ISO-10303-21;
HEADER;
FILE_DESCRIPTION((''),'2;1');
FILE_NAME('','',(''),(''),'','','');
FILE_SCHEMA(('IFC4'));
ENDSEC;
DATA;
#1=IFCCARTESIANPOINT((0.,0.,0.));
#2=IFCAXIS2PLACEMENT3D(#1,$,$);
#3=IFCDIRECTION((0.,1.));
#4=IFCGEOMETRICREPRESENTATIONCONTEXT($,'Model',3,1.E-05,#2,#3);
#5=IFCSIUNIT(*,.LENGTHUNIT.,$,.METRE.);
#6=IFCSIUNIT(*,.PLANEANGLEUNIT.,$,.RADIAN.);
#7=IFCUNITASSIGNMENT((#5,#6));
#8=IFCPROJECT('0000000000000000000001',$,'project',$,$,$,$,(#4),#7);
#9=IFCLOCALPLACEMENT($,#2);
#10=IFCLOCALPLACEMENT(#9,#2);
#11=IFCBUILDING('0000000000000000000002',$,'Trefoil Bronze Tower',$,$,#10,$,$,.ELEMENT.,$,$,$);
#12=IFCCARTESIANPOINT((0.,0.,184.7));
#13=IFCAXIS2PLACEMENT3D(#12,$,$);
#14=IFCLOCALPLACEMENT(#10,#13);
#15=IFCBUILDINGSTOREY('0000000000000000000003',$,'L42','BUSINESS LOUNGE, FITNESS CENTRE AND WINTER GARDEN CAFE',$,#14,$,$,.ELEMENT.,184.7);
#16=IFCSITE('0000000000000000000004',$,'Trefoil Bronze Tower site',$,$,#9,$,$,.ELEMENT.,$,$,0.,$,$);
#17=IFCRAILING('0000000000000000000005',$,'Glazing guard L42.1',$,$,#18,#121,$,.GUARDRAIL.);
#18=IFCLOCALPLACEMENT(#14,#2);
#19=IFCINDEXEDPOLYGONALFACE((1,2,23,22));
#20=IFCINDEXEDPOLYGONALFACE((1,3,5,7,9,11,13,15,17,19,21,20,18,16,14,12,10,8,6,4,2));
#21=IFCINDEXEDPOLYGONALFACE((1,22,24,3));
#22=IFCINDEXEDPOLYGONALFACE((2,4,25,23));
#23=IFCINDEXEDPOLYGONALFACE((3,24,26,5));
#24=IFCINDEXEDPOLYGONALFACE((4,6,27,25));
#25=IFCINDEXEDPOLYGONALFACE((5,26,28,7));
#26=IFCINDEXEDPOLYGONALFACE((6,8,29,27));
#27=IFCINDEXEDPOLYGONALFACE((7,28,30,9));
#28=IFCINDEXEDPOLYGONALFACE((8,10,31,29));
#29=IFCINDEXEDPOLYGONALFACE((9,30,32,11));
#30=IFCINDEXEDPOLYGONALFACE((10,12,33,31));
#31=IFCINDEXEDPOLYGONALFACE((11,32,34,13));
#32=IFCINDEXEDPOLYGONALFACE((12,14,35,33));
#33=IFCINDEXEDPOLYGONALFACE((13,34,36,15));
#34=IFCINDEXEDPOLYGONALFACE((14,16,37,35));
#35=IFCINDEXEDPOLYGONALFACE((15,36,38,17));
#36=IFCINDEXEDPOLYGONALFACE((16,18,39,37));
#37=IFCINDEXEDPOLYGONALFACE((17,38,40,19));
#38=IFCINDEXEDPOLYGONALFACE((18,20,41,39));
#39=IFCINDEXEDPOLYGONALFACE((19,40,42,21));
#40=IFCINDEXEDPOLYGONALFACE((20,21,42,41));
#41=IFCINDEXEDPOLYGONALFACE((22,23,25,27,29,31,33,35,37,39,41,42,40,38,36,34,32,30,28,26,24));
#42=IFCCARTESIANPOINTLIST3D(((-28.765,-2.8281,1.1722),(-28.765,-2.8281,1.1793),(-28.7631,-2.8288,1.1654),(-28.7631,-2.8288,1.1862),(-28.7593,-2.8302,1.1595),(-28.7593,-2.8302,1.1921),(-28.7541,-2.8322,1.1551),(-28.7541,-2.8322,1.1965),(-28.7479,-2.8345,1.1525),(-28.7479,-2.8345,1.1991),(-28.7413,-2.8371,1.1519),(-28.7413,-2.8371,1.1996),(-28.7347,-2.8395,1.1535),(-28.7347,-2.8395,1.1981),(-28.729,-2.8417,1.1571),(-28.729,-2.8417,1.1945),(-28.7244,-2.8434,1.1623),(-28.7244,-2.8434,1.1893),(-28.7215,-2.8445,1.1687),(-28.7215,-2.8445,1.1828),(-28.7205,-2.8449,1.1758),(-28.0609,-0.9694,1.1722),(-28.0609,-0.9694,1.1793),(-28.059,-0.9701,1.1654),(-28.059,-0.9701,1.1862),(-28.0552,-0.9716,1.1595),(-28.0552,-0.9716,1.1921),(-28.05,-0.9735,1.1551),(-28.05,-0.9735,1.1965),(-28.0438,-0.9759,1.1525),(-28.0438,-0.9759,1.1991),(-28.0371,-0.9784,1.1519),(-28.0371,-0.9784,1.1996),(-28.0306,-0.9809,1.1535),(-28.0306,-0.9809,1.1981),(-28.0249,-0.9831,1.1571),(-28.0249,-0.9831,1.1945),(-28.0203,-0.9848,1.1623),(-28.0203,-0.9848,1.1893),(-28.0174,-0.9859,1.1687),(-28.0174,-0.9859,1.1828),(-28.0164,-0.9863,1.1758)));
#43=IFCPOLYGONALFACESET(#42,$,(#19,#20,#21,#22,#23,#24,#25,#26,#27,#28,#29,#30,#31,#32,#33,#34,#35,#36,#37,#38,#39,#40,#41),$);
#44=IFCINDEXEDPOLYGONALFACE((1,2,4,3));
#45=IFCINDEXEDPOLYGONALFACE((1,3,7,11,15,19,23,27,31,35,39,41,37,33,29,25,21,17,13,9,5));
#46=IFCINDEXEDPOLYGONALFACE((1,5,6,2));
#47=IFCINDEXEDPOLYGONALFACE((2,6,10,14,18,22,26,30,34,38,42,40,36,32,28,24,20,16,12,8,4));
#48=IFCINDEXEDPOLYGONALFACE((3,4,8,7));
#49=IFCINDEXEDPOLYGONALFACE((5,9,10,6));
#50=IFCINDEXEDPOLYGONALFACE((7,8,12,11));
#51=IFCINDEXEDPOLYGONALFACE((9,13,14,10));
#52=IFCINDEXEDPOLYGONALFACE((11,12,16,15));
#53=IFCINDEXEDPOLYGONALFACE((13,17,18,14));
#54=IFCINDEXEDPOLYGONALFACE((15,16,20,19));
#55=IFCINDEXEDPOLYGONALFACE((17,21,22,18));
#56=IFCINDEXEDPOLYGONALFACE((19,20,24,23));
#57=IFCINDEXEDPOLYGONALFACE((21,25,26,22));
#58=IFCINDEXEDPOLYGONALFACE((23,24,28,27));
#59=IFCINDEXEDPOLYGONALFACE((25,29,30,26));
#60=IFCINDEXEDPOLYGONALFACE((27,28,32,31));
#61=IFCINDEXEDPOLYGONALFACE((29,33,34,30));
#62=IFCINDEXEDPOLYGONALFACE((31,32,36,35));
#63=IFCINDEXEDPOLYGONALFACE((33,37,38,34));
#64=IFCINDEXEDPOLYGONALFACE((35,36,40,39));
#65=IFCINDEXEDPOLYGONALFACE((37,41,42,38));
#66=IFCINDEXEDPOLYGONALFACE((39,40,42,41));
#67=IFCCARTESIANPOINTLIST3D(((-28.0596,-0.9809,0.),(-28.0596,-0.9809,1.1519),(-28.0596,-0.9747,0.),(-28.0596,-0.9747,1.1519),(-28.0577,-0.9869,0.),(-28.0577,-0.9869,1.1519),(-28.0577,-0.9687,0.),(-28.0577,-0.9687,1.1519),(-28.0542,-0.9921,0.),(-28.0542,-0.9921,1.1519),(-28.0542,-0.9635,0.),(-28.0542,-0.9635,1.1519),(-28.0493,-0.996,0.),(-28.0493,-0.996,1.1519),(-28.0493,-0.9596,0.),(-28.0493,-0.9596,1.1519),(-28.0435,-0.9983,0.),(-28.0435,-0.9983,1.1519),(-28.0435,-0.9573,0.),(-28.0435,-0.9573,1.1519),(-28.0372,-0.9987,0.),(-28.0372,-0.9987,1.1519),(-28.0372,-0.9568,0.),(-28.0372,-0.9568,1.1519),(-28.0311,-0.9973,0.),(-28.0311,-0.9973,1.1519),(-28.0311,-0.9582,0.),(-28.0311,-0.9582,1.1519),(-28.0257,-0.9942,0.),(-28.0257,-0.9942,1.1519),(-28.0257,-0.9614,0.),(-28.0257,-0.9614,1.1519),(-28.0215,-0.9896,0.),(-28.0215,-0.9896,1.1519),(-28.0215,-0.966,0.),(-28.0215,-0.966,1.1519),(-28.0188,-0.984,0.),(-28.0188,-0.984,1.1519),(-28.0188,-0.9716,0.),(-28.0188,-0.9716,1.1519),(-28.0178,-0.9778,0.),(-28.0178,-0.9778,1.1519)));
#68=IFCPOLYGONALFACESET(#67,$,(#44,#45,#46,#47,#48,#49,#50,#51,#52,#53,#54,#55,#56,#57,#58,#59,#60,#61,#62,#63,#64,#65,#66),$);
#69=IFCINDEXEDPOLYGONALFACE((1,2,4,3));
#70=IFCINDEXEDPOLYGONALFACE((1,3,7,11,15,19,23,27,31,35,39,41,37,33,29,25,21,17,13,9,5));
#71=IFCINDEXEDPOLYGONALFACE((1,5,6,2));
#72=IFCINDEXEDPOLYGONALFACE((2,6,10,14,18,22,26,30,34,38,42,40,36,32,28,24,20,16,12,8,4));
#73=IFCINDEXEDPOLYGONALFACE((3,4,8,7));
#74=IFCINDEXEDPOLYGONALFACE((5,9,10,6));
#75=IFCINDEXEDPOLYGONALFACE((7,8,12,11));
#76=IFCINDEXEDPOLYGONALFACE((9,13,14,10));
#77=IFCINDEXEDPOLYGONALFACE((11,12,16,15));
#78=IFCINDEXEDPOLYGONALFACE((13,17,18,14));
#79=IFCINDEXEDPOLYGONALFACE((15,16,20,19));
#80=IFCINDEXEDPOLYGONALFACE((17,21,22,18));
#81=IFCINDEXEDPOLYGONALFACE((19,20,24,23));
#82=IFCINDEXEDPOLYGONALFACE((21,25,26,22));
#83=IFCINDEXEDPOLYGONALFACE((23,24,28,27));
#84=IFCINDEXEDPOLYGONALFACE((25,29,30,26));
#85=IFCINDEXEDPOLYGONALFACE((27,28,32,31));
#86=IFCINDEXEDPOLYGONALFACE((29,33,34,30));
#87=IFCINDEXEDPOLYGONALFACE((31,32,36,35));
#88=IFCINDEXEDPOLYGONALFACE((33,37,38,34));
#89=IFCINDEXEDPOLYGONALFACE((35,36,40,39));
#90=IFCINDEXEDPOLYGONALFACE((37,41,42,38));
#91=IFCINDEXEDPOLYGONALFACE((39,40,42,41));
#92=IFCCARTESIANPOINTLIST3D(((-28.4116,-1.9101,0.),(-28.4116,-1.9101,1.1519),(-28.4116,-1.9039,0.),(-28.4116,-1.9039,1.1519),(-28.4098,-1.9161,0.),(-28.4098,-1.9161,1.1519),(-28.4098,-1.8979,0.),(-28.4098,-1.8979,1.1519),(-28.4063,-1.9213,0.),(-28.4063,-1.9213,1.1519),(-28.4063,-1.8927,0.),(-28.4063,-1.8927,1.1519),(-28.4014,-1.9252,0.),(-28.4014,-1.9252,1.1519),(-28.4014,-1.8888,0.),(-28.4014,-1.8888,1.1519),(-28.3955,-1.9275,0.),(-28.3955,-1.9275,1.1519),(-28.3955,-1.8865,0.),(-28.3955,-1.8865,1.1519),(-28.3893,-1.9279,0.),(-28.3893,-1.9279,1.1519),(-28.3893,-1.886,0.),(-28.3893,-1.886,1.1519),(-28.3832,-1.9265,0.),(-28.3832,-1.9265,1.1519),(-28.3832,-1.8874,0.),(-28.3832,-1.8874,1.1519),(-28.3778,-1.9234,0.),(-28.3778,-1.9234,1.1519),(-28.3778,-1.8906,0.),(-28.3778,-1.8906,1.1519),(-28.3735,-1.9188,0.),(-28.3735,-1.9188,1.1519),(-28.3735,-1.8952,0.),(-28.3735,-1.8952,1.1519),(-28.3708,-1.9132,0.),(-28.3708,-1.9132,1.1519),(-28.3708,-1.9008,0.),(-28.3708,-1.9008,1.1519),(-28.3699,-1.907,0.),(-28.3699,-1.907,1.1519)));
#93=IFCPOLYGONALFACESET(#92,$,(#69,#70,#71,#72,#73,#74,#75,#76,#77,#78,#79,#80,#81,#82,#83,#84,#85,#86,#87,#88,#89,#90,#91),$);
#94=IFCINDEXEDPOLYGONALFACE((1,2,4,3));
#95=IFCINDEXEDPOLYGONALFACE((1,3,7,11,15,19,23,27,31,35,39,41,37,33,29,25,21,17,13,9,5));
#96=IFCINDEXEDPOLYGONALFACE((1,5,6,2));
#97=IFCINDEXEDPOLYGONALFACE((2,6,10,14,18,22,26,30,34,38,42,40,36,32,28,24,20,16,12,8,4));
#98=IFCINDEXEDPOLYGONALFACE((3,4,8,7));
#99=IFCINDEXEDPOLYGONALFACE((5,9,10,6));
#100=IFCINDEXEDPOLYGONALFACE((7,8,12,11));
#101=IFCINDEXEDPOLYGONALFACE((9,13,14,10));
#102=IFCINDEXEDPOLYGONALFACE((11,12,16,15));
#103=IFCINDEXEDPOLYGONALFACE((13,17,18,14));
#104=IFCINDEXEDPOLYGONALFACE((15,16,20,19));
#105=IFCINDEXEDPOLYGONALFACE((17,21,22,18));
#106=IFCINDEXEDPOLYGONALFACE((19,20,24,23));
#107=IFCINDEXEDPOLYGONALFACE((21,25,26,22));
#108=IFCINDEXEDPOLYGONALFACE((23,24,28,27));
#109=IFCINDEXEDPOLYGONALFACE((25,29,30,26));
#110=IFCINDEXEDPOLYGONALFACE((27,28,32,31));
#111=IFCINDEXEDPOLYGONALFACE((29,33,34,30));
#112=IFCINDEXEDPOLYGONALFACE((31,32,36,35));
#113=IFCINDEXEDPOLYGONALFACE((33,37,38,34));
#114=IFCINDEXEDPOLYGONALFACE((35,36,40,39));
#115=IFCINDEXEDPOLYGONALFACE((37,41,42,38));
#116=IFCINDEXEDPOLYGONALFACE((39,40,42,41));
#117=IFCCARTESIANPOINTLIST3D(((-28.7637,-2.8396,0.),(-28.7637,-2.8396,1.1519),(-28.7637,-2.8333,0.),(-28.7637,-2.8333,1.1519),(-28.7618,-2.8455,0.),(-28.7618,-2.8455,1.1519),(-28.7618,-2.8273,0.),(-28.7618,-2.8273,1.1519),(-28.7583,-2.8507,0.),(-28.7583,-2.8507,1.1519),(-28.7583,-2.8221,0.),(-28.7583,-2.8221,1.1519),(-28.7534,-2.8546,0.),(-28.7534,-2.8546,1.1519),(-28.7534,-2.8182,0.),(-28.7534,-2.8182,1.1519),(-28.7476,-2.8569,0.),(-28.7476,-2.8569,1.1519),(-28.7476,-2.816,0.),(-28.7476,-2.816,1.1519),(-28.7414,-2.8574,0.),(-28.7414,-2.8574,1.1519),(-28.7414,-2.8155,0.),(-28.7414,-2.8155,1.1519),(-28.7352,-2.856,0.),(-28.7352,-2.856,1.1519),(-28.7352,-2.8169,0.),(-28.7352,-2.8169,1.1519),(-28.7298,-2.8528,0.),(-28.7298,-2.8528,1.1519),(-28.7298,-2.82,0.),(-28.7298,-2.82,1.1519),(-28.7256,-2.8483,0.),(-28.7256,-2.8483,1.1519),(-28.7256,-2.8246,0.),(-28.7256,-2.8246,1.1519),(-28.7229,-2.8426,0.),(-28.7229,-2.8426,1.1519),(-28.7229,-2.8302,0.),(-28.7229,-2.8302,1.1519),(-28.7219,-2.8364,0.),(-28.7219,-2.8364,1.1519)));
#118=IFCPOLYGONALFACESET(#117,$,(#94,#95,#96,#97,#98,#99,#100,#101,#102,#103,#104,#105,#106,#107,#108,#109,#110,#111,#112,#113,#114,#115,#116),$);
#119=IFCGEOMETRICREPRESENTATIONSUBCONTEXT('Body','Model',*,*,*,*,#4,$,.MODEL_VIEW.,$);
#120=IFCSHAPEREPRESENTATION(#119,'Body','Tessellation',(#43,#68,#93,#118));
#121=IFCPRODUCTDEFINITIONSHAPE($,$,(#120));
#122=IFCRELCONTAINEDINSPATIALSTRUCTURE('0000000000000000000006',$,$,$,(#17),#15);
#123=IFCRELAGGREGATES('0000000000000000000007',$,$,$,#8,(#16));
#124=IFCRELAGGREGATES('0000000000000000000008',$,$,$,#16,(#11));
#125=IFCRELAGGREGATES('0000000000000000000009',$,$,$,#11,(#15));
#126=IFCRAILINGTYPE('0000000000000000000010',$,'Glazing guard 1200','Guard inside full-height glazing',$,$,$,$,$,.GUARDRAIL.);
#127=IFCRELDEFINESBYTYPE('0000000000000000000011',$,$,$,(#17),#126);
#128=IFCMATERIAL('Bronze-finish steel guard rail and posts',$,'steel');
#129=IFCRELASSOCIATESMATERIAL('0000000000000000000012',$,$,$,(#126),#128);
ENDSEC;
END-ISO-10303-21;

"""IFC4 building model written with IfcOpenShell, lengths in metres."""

from ifc_helpers import new_model, si_unit, direction, frame, origin, origin_2d, place, context, subcontext, project, spatial, circle, extrude, material, type_object, element, save


model = new_model("IFC4")

# Units and contexts
model_context = context("Model", 3, precision=1e-05, world=origin(), true_north=direction((0.0, 1.0)))
body_context = subcontext(model_context, "Body", "Model", "MODEL_VIEW")
ifc_project = project(units=[si_unit("LENGTHUNIT", "METRE"), si_unit("PLANEANGLEUNIT", "RADIAN")], contexts=[model_context])

# Site, building, storey
site_placement = place(None, origin())
site = spatial("IfcSite", under=ifc_project, at=site_placement, Name="Trefoil Bronze Tower site", CompositionType="ELEMENT", RefElevation=0.0)
building_placement = place(site_placement, origin())
building = spatial("IfcBuilding", under=site, at=building_placement, Name="Trefoil Bronze Tower", CompositionType="ELEMENT")
storey_placement = place(building_placement, frame((0.0, 0.0, 184.7)))
storey = spatial("IfcBuildingStorey", under=building, at=storey_placement, Name="L42", Description="BUSINESS LOUNGE, FITNESS CENTRE AND WINTER GARDEN CAFE", CompositionType="ELEMENT", Elevation=184.7)

# Railing
ifc_material_1 = material(Name="Bronze-finish steel guard rail and posts", Category="steel")
railing_type = type_object("IfcRailingType", Name="Glazing guard 1200", Description="Guard inside full-height glazing", PredefinedType="GUARDRAIL", material=ifc_material_1)
railing_1_placement = place(storey_placement, frame((-28.0388, -0.9778, 0.0)))
element("IfcRailing", 1, at=railing_1_placement, inside=storey, type_object=railing_type, Name="Glazing guard L42.1", PredefinedType="GUARDRAIL", context=body_context, shape_type="SweptSolid", body=[
    extrude(circle(Radius=0.0239, at=origin_2d()), frame((0.0, 0.0, 1.1758), z_axis=(-0.354258, -0.935148, 0.0), x_axis=(0.935148, -0.354258, 0.0)), (0.0, 0.0, 1.0), 1.9875),
    extrude(circle(Radius=0.021, at=origin_2d()), origin(), (0.0, 0.0, 1.0), 1.1519),
    extrude(circle(Radius=0.021, at=origin_2d()), frame((-0.3521, -0.9292, 0.0)), (0.0, 0.0, 1.0), 1.1519),
    extrude(circle(Radius=0.021, at=origin_2d()), frame((-0.7041, -1.8586, 0.0)), (0.0, 0.0, 1.0), 1.1519),
])

save(model, "model.ifc")
